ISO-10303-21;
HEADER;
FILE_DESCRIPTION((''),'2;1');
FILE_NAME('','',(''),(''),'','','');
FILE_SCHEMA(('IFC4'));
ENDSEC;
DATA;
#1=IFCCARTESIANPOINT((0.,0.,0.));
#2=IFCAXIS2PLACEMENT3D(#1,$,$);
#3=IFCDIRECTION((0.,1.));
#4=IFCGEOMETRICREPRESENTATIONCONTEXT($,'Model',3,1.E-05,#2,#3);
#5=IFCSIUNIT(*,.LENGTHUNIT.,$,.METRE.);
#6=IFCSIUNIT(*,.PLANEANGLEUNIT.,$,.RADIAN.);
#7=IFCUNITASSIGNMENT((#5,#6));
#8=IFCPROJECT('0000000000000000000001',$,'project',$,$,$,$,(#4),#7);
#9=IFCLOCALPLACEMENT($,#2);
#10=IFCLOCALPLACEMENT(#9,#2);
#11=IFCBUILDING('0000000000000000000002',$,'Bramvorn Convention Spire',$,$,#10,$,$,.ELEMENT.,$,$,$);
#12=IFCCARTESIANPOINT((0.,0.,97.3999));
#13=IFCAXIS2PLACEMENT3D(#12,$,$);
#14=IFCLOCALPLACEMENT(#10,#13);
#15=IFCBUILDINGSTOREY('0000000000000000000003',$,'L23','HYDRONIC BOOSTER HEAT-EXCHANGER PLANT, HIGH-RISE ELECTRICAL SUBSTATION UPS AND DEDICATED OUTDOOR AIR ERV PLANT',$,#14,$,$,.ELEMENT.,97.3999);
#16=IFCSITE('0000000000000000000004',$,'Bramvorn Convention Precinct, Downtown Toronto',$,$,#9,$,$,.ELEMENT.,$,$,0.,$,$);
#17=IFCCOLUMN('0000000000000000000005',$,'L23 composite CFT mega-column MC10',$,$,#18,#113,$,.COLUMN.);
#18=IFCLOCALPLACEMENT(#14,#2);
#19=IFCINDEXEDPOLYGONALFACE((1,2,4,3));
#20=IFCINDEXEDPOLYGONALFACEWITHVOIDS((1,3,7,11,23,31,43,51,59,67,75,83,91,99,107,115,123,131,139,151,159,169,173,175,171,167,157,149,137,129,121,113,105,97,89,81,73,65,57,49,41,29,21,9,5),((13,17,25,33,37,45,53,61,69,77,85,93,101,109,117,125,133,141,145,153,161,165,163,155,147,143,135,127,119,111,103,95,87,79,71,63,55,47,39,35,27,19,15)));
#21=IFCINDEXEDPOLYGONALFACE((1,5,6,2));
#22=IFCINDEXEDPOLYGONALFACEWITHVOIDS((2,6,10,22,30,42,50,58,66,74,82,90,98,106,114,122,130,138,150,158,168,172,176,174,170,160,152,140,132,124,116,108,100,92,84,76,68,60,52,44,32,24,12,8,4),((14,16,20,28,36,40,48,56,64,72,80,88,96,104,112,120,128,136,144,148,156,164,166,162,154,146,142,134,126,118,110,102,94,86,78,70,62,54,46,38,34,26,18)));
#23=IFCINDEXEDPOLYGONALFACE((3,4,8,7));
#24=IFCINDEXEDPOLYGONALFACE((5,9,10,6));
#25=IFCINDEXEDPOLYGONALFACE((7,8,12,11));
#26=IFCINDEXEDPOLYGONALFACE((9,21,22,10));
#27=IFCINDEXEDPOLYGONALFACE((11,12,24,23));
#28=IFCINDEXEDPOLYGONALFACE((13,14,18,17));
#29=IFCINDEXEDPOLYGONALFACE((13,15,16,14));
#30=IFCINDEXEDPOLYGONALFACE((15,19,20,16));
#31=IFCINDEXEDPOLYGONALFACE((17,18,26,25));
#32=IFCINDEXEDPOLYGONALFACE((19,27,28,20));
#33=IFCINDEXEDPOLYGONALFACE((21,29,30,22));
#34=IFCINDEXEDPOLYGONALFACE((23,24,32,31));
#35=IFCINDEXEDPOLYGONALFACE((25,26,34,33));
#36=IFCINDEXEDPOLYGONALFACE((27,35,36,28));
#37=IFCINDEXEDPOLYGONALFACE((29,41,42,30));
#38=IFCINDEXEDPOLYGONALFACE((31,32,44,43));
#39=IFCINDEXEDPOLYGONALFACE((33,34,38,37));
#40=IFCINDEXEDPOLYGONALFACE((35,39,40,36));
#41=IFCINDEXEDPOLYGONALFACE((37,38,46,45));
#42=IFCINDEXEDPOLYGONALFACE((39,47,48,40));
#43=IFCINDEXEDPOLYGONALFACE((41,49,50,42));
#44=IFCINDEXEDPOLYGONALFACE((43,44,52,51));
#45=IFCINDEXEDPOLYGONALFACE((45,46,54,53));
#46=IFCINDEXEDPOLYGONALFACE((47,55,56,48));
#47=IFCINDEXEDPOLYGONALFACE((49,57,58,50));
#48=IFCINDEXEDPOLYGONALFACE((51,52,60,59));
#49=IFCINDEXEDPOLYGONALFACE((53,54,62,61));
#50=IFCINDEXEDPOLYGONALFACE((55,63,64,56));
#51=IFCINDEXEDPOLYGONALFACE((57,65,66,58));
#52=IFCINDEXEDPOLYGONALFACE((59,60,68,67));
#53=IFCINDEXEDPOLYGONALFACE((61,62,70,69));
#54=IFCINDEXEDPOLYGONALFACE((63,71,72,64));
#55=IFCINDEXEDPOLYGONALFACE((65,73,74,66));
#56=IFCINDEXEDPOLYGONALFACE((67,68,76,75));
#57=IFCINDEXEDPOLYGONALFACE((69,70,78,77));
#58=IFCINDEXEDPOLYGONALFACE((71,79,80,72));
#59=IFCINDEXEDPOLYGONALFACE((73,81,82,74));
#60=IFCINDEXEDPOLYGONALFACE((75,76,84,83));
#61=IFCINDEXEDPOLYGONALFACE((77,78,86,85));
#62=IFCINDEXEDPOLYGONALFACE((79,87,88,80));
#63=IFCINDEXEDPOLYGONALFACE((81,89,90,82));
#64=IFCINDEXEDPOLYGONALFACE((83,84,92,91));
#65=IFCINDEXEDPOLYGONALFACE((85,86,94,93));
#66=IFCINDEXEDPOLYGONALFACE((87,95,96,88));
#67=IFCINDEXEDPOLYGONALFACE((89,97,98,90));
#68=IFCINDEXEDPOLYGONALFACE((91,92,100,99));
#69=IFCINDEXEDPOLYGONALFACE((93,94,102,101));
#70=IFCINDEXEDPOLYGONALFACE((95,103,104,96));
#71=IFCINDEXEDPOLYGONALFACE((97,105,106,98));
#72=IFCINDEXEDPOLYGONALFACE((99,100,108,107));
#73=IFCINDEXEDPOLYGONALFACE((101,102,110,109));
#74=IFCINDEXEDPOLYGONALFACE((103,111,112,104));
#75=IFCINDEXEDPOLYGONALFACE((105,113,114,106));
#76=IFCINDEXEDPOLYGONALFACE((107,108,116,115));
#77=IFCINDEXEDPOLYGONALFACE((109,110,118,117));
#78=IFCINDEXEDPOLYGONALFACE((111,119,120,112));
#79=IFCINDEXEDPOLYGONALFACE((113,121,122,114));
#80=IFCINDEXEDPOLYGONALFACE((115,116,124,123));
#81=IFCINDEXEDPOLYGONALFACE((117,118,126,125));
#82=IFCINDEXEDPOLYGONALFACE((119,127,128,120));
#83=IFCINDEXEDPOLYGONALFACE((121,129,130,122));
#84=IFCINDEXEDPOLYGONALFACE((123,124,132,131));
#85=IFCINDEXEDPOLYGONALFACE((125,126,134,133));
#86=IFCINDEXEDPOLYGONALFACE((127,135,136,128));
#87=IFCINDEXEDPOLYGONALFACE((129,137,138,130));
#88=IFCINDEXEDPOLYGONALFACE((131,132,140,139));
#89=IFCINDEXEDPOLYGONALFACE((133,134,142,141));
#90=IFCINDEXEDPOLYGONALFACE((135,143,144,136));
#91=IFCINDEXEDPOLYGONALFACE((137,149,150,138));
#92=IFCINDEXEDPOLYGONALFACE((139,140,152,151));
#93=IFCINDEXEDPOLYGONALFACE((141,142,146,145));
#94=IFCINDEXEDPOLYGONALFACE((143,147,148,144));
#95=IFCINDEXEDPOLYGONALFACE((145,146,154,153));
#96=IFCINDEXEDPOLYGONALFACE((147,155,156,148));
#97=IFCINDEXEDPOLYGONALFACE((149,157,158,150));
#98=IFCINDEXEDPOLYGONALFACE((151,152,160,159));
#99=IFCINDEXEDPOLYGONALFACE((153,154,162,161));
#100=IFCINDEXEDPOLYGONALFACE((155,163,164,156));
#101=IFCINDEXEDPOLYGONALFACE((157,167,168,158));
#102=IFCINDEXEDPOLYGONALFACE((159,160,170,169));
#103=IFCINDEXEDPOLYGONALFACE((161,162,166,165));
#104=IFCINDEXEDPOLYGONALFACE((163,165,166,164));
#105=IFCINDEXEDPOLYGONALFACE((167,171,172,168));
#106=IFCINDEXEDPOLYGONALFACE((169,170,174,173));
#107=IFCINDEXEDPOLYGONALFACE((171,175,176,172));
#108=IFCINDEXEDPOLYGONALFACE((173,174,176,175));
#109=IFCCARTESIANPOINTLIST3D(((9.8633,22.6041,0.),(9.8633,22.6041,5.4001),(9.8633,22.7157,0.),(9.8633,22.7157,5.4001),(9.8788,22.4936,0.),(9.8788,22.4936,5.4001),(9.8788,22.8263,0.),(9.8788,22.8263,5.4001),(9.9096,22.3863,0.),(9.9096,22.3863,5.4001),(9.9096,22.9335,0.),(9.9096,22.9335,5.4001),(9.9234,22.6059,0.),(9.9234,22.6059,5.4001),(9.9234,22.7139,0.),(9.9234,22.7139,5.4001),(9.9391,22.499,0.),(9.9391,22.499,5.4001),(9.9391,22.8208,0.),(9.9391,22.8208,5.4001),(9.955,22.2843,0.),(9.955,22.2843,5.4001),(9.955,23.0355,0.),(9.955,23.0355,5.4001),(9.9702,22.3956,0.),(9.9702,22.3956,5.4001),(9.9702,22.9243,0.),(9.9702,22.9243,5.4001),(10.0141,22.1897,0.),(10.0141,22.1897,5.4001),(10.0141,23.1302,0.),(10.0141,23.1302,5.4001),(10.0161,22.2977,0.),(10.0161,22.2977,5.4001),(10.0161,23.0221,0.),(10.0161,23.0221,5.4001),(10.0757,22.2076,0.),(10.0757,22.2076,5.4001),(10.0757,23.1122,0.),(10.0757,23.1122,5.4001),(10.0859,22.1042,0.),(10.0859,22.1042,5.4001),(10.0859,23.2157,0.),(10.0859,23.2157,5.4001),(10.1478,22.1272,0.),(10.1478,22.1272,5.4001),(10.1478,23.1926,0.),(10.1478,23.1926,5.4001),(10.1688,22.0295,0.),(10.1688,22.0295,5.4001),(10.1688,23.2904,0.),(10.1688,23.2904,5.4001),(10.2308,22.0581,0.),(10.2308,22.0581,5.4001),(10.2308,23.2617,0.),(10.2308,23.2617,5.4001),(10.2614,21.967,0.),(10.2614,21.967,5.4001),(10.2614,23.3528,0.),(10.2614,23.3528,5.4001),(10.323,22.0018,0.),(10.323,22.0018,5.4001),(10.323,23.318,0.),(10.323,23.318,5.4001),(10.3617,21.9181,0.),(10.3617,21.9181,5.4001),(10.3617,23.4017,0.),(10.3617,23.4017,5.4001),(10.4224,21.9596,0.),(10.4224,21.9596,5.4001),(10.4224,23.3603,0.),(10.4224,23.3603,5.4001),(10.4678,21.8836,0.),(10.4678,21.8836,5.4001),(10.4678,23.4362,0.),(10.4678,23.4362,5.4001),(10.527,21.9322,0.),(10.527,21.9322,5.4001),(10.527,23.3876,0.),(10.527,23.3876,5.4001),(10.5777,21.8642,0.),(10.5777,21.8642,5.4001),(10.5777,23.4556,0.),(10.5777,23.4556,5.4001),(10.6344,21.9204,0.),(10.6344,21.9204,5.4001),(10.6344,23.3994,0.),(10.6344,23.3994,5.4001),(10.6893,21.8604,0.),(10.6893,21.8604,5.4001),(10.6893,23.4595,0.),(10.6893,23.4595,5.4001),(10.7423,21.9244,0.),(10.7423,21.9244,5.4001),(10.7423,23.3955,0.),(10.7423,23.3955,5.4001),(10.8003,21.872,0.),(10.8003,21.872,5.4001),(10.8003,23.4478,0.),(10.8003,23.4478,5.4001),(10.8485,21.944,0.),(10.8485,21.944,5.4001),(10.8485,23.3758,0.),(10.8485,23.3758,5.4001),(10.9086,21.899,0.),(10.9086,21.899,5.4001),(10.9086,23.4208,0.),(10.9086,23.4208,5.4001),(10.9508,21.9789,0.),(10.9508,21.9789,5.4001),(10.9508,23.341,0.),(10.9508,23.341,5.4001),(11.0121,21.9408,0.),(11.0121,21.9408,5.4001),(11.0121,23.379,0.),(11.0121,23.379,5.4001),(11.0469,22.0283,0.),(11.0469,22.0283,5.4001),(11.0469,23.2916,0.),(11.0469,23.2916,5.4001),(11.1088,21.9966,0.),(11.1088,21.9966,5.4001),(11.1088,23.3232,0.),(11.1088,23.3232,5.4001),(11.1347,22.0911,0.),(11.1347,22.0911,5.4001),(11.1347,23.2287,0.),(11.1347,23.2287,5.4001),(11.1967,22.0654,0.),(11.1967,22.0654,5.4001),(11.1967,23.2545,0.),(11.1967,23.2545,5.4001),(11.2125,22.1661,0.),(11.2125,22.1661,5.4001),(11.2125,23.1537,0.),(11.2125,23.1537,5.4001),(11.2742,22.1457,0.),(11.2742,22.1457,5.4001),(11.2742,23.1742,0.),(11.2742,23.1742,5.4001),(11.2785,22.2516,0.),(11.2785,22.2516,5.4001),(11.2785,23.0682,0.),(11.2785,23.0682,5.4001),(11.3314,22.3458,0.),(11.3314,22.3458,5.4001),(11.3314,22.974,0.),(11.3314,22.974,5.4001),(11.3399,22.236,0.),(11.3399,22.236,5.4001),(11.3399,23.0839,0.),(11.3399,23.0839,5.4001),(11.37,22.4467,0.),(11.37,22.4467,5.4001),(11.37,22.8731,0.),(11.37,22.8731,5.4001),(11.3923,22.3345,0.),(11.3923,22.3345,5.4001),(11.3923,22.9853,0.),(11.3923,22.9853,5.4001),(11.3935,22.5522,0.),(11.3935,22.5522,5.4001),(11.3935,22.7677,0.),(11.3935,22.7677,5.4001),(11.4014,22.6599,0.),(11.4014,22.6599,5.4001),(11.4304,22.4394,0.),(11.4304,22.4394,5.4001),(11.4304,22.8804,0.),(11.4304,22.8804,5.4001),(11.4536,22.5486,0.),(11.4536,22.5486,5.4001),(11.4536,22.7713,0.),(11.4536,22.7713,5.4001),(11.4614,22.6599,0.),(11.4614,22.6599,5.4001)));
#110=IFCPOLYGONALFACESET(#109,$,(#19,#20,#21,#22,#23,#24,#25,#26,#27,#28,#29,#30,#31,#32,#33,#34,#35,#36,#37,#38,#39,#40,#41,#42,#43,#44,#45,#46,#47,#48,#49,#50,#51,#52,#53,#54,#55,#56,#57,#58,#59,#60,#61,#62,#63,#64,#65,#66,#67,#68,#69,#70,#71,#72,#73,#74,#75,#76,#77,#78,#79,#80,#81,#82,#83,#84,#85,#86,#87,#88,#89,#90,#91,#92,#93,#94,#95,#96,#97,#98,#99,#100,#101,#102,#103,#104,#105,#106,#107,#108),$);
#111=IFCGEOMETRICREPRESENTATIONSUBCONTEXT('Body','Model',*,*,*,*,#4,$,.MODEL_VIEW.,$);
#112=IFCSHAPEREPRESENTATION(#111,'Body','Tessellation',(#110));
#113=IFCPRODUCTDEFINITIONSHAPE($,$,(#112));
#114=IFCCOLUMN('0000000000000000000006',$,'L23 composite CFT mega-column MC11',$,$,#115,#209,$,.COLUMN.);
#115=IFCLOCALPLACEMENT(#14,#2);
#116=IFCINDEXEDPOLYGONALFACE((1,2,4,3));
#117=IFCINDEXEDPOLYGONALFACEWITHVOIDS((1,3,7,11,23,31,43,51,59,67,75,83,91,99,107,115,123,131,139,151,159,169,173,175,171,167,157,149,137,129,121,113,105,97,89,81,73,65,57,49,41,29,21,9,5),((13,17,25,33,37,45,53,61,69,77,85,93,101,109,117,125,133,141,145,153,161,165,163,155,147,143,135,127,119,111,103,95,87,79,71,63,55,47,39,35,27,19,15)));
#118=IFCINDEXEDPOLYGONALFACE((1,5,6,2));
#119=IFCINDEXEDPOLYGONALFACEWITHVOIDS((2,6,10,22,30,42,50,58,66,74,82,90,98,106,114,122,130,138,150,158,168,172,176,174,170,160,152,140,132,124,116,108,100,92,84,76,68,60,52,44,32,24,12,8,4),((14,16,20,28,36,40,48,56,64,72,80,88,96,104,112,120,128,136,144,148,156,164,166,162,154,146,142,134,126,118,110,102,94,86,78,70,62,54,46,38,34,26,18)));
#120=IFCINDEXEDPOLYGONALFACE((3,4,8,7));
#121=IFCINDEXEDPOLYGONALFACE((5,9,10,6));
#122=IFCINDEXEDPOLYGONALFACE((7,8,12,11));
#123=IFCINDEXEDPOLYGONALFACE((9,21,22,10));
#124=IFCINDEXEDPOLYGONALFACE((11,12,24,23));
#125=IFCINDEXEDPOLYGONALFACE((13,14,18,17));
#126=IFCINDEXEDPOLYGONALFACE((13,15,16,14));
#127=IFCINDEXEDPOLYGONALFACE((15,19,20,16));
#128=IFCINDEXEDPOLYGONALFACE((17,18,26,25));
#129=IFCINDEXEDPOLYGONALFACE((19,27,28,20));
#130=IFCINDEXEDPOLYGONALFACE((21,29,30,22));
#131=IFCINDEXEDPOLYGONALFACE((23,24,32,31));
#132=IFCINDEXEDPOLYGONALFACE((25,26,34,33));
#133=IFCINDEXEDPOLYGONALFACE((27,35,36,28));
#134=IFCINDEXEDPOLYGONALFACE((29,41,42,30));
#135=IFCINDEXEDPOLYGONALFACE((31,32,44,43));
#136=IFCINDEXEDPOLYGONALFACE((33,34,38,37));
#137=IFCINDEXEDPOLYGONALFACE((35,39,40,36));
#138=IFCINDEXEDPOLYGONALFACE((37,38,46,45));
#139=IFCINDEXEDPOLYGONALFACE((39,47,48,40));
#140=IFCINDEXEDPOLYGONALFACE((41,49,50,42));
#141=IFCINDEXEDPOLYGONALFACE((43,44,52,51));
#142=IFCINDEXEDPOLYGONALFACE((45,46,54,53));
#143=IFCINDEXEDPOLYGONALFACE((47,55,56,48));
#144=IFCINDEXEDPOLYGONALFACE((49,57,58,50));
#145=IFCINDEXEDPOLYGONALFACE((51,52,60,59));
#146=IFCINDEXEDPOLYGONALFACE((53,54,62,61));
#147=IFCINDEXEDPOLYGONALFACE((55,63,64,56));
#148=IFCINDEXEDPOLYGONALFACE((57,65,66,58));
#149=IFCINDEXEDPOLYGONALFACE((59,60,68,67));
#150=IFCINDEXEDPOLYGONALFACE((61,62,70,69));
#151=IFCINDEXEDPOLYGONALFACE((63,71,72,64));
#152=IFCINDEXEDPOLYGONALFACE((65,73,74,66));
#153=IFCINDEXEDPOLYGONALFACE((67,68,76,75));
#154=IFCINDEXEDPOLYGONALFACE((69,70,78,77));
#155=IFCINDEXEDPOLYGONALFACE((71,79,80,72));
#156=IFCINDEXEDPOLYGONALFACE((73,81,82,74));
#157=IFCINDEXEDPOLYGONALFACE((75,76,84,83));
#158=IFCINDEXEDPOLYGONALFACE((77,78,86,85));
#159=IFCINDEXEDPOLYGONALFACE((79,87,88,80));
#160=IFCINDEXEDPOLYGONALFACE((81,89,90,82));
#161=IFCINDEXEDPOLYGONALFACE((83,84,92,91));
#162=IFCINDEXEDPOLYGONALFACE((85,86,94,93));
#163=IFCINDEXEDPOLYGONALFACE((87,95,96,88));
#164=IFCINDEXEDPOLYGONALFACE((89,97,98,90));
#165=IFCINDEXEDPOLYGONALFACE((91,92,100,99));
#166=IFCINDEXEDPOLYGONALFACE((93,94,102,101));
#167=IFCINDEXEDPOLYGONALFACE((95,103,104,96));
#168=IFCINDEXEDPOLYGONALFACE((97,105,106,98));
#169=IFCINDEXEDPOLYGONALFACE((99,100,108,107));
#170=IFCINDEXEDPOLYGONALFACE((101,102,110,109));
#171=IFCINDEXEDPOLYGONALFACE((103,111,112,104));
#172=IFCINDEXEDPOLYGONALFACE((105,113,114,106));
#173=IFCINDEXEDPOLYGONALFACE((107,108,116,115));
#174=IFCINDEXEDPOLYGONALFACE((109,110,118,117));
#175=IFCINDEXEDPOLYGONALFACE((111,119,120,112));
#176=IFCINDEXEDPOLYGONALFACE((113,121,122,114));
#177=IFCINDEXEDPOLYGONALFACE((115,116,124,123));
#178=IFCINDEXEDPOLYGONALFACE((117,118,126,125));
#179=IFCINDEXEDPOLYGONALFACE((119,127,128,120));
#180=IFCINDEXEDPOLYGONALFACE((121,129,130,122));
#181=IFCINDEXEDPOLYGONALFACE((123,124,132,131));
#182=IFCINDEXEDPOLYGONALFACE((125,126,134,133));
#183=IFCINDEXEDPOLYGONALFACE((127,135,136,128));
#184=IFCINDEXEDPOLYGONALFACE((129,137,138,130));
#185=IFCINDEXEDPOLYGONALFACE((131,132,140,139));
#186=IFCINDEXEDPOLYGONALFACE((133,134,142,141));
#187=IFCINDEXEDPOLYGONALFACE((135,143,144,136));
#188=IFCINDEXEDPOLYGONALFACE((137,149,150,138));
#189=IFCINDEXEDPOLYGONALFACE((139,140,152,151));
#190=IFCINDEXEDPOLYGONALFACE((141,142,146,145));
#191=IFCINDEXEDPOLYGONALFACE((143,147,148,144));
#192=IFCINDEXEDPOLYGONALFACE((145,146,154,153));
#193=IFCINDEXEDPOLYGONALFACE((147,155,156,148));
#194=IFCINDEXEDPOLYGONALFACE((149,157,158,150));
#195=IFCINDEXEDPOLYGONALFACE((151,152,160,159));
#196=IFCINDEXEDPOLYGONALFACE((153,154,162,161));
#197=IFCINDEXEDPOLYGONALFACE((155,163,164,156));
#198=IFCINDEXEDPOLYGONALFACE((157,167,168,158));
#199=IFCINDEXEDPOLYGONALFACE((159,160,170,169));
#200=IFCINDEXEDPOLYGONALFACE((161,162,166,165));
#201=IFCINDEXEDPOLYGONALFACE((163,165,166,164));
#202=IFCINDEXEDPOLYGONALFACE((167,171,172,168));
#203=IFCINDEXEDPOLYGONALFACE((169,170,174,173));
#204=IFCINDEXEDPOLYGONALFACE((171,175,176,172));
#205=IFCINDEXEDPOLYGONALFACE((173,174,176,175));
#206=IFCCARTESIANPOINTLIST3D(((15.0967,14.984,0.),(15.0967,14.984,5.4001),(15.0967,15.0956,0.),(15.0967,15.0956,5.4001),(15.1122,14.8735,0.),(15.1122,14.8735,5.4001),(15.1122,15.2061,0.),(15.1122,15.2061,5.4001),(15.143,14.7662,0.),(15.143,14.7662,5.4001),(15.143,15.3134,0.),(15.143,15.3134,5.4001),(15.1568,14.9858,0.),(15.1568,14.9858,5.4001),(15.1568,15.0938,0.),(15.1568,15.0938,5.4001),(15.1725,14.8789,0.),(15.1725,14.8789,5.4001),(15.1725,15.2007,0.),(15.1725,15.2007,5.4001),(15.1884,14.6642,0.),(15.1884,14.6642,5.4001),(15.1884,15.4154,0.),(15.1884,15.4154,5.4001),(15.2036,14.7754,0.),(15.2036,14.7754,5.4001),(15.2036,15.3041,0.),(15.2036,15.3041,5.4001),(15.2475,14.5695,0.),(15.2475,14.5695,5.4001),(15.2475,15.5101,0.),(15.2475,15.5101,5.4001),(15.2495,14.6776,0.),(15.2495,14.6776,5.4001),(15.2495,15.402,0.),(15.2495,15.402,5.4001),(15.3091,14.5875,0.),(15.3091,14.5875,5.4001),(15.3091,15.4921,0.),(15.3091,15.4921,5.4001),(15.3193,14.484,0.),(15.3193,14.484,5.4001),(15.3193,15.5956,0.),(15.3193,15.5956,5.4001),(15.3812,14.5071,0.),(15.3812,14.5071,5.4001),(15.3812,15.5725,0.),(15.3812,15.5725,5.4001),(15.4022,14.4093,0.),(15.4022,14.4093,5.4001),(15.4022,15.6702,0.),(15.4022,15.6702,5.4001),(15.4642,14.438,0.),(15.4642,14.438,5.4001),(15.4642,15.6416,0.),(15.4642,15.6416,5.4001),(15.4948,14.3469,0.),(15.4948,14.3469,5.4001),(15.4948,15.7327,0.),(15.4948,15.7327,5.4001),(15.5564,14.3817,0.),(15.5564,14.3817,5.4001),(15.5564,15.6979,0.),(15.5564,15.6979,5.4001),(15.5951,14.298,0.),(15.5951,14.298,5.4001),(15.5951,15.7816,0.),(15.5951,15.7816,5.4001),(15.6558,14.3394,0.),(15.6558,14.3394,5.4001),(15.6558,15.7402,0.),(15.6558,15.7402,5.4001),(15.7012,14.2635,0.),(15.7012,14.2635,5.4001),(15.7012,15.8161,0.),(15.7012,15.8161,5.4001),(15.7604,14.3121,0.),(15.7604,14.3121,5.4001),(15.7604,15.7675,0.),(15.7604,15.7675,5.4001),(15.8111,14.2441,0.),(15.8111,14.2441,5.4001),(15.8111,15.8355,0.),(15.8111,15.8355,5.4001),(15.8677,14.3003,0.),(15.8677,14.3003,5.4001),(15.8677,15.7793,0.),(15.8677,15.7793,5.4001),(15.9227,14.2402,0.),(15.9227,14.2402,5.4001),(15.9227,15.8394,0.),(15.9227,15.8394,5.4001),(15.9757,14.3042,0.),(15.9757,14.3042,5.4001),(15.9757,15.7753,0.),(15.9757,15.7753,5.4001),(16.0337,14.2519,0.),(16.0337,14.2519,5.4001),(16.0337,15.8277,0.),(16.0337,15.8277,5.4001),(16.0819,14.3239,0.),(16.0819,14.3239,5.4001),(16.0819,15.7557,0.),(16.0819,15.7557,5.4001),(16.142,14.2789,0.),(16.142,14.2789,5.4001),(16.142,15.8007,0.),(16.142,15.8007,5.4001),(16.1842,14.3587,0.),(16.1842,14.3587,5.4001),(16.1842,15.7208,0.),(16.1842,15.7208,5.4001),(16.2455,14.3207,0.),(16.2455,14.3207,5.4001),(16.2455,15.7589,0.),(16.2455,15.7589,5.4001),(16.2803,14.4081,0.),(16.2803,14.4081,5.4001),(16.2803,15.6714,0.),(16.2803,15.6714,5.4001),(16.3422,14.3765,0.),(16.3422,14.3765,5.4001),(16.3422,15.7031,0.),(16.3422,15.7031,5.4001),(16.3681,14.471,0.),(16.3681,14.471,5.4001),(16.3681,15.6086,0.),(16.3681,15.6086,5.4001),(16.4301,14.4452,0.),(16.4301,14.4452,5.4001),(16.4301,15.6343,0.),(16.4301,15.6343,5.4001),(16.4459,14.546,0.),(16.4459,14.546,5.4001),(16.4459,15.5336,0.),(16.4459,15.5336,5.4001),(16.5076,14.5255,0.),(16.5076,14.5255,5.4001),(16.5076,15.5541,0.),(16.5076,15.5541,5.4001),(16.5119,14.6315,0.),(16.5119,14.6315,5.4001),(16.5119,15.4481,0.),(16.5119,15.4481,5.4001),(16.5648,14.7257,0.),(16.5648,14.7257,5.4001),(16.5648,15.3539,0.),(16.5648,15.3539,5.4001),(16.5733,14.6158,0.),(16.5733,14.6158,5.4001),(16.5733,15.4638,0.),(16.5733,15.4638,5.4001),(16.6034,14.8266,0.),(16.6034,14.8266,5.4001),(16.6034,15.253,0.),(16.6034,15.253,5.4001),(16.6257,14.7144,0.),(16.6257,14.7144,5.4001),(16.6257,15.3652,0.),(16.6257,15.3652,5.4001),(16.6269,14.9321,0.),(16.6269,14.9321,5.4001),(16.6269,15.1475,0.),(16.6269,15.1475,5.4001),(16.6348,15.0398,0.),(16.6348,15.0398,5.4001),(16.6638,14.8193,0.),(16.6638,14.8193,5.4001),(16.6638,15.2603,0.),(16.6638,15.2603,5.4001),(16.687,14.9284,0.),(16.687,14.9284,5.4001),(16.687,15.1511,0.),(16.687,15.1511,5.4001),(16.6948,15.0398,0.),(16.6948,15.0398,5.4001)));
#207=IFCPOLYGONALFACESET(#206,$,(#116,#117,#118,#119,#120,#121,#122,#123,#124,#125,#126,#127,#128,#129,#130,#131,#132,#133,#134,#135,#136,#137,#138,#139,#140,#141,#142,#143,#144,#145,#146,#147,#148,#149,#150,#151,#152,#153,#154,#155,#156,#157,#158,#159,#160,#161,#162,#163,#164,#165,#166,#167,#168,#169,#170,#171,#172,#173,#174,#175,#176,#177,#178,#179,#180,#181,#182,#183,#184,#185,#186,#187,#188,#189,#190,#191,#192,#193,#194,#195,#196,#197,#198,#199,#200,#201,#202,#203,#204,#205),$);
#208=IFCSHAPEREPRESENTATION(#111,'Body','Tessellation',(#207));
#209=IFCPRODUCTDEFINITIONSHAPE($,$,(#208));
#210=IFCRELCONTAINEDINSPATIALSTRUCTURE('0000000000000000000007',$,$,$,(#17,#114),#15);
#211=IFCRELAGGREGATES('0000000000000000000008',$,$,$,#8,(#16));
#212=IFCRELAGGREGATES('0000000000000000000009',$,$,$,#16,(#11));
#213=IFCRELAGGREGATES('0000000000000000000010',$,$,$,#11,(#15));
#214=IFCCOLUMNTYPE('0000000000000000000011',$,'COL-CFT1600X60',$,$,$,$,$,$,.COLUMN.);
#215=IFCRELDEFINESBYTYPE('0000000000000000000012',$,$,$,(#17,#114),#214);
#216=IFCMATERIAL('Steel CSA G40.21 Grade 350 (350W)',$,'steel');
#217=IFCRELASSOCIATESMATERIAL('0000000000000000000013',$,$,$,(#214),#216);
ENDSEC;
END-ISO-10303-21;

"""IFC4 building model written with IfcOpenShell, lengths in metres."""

from ifc_helpers import new_model, si_unit, direction, frame, origin, origin_2d, place, context, subcontext, project, spatial, hollow_circle, extrude, material, material_profile, profile_set, type_object, element, save


model = new_model("IFC4")

# Units and contexts
model_context = context("Model", 3, precision=1e-05, world=origin(), true_north=direction((0.0, 1.0)))
body_context = subcontext(model_context, "Body", "Model", "MODEL_VIEW")
ifc_project = project(units=[si_unit("LENGTHUNIT", "METRE"), si_unit("PLANEANGLEUNIT", "RADIAN")], contexts=[model_context])

# Site, building, storey
site_placement = place(None, origin())
site = spatial("IfcSite", under=ifc_project, at=site_placement, Name="Bramvorn Convention Precinct, Downtown Toronto", CompositionType="ELEMENT", RefElevation=0.0)
building_placement = place(site_placement, origin())
building = spatial("IfcBuilding", under=site, at=building_placement, Name="Bramvorn Convention Spire", CompositionType="ELEMENT")
storey_placement = place(building_placement, frame((0.0, 0.0, 97.3999)))
storey = spatial("IfcBuildingStorey", under=building, at=storey_placement, Name="L23", Description="HYDRONIC BOOSTER HEAT-EXCHANGER PLANT, HIGH-RISE ELECTRICAL SUBSTATION UPS AND DEDICATED OUTDOOR AIR ERV PLANT", CompositionType="ELEMENT", Elevation=97.3999)

# Columns
ifc_material_1 = material(Name="Steel CSA G40.21 Grade 350 (350W)", Category="steel")
ifc_material_profile_1 = material_profile(ifc_material_1, hollow_circle(Radius=0.8, WallThickness=0.0601, at=origin_2d()))
ifc_profile_set_1 = profile_set([ifc_material_profile_1], Name="Steel CSA G40.21 Grade 350 (350W) - CFT1600X60")
column_type = type_object("IfcColumnType", Name="COL-CFT1600X60", PredefinedType="COLUMN", material=ifc_profile_set_1)
for number, where, z_axis, x_axis, name in (
    (1, (10.6614, 22.6599, 0.0), (0.0, 0.0, 1.0), (1.0, 0.0, 0.0), "L23 composite CFT mega-column MC10"),
    (2, (15.8948, 15.0398, 0.0), (0.0, 0.0, 1.0), (1.0, 0.0, 0.0), "L23 composite CFT mega-column MC11"),
):
    element("IfcColumn", number, at=place(storey_placement, frame(where, z_axis=z_axis, x_axis=x_axis)), inside=storey, type_object=column_type, Name=name, PredefinedType="COLUMN", context=body_context, shape_type="SweptSolid", body=[
        extrude(hollow_circle(Radius=0.8, WallThickness=0.0601, at=origin_2d()), origin(), (0.0, 0.0, 1.0), 5.4001),
    ])

save(model, "model.ifc")
